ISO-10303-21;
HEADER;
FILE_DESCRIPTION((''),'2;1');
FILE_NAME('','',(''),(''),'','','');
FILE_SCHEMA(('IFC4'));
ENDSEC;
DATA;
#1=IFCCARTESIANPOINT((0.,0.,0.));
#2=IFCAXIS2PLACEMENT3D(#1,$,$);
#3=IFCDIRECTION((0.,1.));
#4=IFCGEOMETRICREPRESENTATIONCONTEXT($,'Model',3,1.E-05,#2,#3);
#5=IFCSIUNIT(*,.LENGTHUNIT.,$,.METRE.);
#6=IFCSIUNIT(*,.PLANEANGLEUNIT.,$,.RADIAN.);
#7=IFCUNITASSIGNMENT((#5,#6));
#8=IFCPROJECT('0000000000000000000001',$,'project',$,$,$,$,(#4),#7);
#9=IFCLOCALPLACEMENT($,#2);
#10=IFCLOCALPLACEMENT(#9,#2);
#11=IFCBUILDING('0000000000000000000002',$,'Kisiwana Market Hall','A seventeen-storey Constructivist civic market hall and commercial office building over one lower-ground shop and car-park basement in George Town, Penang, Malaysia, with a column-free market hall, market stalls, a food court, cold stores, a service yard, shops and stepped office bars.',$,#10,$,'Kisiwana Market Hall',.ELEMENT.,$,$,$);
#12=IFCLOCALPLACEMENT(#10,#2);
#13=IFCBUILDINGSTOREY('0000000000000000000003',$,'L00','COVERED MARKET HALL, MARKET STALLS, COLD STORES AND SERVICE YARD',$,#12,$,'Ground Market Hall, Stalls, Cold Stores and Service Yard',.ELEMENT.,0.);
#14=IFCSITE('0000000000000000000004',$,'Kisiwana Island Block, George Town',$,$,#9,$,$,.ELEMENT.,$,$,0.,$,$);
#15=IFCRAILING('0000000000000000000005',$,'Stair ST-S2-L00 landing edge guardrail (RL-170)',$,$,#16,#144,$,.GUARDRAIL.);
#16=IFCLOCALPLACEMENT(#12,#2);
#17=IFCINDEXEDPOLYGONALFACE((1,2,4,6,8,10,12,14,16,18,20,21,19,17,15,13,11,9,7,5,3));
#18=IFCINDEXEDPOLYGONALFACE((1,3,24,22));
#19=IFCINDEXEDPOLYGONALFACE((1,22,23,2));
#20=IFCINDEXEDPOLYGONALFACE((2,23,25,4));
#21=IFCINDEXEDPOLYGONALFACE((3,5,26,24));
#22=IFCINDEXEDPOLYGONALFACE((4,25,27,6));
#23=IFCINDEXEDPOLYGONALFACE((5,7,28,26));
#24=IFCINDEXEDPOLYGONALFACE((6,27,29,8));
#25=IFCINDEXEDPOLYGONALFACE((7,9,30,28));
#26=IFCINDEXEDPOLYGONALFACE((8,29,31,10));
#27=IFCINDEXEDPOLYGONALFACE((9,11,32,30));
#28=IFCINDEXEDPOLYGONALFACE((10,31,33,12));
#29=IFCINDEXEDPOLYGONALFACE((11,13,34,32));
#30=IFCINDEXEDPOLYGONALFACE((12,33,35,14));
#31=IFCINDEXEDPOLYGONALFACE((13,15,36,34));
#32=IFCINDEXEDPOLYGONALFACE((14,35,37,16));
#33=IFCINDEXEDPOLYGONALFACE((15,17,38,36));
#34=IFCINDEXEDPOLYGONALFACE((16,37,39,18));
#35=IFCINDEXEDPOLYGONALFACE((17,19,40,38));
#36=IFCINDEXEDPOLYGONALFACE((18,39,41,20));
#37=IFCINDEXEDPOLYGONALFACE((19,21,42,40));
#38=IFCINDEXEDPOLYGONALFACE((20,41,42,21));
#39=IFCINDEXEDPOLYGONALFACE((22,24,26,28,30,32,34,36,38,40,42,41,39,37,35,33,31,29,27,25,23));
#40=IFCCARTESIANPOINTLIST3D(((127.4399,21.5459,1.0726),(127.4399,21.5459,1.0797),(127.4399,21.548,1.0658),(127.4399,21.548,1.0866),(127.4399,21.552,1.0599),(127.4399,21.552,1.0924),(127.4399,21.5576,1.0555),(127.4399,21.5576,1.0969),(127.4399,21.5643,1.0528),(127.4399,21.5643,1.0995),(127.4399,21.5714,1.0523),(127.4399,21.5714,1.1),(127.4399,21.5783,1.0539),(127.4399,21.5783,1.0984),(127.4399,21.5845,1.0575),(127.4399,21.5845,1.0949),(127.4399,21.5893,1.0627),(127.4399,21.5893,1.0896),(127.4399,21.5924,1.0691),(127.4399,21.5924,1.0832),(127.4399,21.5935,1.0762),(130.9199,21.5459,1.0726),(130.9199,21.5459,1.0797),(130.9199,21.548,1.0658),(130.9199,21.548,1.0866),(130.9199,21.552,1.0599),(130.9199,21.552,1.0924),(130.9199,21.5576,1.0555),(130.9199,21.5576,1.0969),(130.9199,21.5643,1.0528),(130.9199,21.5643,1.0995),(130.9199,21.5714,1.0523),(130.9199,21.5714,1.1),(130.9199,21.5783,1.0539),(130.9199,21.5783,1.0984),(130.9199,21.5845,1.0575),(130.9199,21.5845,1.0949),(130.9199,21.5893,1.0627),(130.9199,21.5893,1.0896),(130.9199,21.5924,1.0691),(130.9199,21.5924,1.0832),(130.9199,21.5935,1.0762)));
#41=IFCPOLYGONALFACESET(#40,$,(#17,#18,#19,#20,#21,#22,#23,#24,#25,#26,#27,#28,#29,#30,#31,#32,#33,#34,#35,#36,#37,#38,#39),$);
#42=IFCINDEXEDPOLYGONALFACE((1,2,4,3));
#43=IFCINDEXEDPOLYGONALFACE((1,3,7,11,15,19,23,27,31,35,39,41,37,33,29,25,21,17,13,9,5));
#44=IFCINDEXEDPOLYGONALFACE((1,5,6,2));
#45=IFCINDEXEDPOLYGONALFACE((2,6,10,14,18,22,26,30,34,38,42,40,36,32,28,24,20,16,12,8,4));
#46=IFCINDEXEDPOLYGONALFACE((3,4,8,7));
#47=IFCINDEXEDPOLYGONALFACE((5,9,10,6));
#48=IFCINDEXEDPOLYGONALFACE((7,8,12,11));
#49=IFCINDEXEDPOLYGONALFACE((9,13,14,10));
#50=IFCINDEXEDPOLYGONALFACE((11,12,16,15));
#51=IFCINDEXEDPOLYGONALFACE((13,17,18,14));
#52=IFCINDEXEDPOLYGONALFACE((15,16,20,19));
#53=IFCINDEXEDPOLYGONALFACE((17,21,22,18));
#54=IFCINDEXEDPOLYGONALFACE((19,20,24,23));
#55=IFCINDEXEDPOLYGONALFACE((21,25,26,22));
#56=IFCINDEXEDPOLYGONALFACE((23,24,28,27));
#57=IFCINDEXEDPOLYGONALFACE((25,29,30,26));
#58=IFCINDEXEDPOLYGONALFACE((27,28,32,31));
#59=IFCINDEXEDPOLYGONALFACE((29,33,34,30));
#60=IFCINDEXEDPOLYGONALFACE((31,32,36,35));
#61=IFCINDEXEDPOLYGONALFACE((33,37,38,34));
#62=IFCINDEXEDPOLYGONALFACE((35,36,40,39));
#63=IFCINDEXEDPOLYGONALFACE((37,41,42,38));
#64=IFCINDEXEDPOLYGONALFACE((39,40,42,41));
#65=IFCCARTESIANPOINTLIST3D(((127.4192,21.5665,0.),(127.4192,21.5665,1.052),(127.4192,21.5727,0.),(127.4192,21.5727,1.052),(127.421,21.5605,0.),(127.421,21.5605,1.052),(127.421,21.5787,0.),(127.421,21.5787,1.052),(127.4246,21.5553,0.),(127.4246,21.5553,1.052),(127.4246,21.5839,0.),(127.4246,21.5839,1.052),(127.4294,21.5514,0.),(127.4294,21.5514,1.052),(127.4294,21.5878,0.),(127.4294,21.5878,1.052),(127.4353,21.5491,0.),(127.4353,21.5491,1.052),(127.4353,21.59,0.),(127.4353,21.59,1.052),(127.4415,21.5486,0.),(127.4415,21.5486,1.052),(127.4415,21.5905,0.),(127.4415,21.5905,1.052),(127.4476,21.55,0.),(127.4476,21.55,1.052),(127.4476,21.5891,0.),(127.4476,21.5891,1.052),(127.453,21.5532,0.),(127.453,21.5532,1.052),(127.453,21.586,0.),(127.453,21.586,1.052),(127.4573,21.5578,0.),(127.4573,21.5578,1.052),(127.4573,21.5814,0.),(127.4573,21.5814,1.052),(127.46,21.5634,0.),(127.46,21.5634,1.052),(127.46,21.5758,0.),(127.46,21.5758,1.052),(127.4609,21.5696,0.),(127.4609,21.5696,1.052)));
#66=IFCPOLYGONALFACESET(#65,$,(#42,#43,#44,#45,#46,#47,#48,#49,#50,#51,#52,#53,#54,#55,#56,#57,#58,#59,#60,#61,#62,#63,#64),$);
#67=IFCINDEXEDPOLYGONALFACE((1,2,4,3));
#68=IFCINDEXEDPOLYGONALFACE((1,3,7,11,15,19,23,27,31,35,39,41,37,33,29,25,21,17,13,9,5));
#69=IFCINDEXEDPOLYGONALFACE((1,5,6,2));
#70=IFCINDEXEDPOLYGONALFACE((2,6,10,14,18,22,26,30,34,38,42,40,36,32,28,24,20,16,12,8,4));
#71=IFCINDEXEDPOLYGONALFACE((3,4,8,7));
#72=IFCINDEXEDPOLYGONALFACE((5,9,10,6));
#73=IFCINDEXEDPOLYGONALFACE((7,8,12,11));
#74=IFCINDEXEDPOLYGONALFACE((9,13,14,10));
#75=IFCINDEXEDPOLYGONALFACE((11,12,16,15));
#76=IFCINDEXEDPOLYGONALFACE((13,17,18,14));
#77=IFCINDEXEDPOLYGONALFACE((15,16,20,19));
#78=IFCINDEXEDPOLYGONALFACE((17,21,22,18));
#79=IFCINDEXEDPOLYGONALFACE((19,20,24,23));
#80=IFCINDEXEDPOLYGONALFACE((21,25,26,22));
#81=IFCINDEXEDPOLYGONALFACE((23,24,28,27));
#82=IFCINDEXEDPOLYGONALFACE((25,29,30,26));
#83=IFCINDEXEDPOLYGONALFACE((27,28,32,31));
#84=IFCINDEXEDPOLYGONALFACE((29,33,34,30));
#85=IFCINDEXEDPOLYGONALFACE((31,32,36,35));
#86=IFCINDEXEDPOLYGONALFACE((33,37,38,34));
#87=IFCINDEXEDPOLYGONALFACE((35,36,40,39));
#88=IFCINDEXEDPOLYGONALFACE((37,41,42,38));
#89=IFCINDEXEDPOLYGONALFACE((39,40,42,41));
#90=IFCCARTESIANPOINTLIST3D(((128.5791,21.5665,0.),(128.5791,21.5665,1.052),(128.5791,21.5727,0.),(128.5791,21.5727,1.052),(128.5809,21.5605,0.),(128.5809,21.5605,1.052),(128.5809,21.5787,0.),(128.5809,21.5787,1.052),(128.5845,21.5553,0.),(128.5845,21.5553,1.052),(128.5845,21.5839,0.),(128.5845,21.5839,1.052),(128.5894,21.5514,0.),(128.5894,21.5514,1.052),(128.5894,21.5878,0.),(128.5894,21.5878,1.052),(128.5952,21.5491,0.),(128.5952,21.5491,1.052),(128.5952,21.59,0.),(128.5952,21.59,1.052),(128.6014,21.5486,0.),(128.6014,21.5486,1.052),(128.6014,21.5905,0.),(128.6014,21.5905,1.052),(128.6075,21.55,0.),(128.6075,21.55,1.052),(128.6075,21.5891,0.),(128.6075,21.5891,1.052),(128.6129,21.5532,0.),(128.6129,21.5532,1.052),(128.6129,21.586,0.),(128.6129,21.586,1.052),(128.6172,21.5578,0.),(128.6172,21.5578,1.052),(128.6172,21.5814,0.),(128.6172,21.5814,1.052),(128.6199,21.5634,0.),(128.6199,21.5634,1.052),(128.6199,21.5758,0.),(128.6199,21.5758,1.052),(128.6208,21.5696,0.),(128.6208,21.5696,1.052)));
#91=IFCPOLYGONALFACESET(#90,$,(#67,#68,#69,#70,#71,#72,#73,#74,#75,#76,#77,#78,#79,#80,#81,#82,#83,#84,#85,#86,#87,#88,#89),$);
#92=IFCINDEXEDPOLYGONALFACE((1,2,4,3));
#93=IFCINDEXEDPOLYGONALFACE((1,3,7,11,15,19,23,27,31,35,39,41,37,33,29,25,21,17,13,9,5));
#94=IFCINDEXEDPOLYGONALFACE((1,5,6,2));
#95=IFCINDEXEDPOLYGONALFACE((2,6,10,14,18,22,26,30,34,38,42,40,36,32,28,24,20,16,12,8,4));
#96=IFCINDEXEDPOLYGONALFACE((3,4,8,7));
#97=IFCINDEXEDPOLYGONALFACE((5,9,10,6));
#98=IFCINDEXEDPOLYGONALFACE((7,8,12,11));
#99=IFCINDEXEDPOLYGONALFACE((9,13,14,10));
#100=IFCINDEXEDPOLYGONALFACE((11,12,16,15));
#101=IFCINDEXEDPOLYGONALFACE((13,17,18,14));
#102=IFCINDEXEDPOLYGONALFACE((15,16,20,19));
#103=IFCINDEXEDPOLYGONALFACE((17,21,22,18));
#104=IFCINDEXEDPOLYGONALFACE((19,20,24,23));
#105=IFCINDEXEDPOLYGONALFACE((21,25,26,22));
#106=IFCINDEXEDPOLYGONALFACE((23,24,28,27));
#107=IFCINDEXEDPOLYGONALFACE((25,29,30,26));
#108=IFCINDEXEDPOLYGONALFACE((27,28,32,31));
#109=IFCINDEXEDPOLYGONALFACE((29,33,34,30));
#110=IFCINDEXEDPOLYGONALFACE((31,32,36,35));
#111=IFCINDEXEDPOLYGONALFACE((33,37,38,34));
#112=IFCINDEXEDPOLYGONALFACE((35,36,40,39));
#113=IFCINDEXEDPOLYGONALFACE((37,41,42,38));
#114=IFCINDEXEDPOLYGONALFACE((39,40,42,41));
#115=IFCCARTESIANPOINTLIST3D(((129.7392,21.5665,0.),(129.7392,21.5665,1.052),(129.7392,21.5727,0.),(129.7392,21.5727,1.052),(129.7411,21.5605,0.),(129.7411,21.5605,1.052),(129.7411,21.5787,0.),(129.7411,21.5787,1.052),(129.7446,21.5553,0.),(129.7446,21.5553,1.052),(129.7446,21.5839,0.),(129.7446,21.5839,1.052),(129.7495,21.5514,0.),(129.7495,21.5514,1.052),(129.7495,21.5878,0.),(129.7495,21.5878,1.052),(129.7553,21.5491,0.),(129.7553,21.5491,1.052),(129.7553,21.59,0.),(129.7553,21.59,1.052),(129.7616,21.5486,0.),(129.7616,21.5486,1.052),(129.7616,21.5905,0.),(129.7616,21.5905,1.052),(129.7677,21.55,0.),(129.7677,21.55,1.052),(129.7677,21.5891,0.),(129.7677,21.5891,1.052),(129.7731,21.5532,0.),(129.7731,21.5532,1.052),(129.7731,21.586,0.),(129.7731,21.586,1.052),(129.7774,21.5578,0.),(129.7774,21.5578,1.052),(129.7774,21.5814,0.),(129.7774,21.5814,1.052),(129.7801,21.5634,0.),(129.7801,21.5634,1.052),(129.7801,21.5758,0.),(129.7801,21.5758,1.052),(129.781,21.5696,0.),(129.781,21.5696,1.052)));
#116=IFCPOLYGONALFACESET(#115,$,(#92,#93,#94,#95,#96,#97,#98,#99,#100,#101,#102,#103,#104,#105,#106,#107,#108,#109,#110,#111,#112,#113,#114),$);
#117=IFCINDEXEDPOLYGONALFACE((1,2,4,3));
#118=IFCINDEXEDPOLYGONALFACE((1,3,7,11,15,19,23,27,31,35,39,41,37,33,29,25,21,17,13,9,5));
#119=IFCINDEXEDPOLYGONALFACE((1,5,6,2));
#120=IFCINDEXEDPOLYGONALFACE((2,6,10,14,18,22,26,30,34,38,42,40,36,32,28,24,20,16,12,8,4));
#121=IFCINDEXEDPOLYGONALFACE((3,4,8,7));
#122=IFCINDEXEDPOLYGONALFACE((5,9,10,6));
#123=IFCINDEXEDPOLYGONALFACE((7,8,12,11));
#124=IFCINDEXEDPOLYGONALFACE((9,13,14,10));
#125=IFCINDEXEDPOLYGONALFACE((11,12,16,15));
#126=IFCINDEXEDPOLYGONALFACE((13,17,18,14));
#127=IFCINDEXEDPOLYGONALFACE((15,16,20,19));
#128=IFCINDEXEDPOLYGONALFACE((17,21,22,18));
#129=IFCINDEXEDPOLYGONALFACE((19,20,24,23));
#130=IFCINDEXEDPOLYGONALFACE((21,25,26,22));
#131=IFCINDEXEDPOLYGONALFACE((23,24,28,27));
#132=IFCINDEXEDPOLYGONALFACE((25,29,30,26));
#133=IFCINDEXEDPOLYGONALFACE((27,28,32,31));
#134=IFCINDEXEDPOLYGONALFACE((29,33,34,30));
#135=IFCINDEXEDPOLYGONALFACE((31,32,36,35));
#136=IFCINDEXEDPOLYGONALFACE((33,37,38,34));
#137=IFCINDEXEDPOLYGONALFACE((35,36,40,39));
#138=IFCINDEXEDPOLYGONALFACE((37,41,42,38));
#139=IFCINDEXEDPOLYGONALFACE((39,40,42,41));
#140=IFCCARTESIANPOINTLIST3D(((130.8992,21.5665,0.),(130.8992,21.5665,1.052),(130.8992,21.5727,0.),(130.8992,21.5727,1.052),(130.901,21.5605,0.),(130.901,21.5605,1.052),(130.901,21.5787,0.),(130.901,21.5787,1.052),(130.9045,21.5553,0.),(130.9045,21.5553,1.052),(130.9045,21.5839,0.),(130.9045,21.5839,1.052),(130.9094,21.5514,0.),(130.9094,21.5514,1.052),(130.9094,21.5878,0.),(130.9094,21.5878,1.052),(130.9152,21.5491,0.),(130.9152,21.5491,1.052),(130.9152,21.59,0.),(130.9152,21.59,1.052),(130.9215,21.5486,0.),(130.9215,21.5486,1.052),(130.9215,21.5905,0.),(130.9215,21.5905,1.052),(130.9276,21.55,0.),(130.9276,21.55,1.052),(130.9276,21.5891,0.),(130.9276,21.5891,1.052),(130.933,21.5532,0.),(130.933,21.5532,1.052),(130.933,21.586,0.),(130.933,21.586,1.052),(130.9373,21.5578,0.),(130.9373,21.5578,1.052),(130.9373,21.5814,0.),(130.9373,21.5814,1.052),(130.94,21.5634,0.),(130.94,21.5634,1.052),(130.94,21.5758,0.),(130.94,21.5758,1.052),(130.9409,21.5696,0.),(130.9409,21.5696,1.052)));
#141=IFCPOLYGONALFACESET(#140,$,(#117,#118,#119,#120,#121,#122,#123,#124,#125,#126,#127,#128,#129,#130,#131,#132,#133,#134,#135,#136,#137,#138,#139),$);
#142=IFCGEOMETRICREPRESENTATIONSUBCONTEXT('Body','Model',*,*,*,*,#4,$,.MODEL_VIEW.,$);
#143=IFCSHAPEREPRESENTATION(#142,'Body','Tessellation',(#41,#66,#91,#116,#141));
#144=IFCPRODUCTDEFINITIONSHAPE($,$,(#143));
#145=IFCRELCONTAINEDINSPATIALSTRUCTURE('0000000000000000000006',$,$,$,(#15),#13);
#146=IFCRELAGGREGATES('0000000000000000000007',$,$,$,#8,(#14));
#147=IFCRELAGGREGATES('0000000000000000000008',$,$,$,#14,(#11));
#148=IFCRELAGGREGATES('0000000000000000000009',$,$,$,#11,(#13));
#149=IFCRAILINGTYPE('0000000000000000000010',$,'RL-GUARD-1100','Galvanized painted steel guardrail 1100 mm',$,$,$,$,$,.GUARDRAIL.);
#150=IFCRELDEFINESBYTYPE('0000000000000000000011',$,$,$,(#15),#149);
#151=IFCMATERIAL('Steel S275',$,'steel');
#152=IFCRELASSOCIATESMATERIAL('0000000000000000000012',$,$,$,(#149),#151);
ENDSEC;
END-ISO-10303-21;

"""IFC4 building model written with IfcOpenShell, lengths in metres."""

from ifc_helpers import new_model, si_unit, direction, frame, origin, origin_2d, place, context, subcontext, project, spatial, circle, extrude, material, type_object, element, save


model = new_model("IFC4")

# Units and contexts
model_context = context("Model", 3, precision=1e-05, world=origin(), true_north=direction((0.0, 1.0)))
body_context = subcontext(model_context, "Body", "Model", "MODEL_VIEW")
ifc_project = project(units=[si_unit("LENGTHUNIT", "METRE"), si_unit("PLANEANGLEUNIT", "RADIAN")], contexts=[model_context])

# Site, building, storey
site_placement = place(None, origin())
site = spatial("IfcSite", under=ifc_project, at=site_placement, Name="Kisiwana Island Block, George Town", CompositionType="ELEMENT", RefElevation=0.0)
building_placement = place(site_placement, origin())
building = spatial("IfcBuilding", under=site, at=building_placement, Name="Kisiwana Market Hall", Description="A seventeen-storey Constructivist civic market hall and commercial office building over one lower-ground shop and car-park basement in George Town, Penang, Malaysia, with a column-free market hall, market stalls, a food court, cold stores, a service yard, shops and stepped office bars.", LongName="Kisiwana Market Hall", CompositionType="ELEMENT")
storey_placement = place(building_placement, origin())
storey = spatial("IfcBuildingStorey", under=building, at=storey_placement, Name="L00", Description="COVERED MARKET HALL, MARKET STALLS, COLD STORES AND SERVICE YARD", LongName="Ground Market Hall, Stalls, Cold Stores and Service Yard", CompositionType="ELEMENT", Elevation=0.0)

# Railing
ifc_material_1 = material(Name="Steel S275", Category="steel")
railing_type_1 = type_object("IfcRailingType", Name="RL-GUARD-1100", Description="Galvanized painted steel guardrail 1100 mm", PredefinedType="GUARDRAIL", material=ifc_material_1)
railing_1_placement = place(storey_placement, frame((127.4399, 21.5696, 0.0)))
element("IfcRailing", 1, at=railing_1_placement, inside=storey, type_object=railing_type_1, Name="Stair ST-S2-L00 landing edge guardrail (RL-170)", PredefinedType="GUARDRAIL", context=body_context, shape_type="SweptSolid", body=[
    extrude(circle(Radius=0.0239, at=origin_2d()), frame((0.0, 0.0, 1.0762), z_axis=(1.0, 0.0, 0.0), x_axis=(0.0, 1.0, 0.0)), (0.0, 0.0, 1.0), 3.48),
    extrude(circle(Radius=0.021, at=origin_2d()), origin(), (0.0, 0.0, 1.0), 1.052),
    extrude(circle(Radius=0.021, at=origin_2d()), frame((1.1599, 0.0, 0.0)), (0.0, 0.0, 1.0), 1.052),
    extrude(circle(Radius=0.021, at=origin_2d()), frame((2.3201, 0.0, 0.0)), (0.0, 0.0, 1.0), 1.052),
    extrude(circle(Radius=0.021, at=origin_2d()), frame((3.48, 0.0, 0.0)), (0.0, 0.0, 1.0), 1.052),
])

save(model, "model.ifc")
